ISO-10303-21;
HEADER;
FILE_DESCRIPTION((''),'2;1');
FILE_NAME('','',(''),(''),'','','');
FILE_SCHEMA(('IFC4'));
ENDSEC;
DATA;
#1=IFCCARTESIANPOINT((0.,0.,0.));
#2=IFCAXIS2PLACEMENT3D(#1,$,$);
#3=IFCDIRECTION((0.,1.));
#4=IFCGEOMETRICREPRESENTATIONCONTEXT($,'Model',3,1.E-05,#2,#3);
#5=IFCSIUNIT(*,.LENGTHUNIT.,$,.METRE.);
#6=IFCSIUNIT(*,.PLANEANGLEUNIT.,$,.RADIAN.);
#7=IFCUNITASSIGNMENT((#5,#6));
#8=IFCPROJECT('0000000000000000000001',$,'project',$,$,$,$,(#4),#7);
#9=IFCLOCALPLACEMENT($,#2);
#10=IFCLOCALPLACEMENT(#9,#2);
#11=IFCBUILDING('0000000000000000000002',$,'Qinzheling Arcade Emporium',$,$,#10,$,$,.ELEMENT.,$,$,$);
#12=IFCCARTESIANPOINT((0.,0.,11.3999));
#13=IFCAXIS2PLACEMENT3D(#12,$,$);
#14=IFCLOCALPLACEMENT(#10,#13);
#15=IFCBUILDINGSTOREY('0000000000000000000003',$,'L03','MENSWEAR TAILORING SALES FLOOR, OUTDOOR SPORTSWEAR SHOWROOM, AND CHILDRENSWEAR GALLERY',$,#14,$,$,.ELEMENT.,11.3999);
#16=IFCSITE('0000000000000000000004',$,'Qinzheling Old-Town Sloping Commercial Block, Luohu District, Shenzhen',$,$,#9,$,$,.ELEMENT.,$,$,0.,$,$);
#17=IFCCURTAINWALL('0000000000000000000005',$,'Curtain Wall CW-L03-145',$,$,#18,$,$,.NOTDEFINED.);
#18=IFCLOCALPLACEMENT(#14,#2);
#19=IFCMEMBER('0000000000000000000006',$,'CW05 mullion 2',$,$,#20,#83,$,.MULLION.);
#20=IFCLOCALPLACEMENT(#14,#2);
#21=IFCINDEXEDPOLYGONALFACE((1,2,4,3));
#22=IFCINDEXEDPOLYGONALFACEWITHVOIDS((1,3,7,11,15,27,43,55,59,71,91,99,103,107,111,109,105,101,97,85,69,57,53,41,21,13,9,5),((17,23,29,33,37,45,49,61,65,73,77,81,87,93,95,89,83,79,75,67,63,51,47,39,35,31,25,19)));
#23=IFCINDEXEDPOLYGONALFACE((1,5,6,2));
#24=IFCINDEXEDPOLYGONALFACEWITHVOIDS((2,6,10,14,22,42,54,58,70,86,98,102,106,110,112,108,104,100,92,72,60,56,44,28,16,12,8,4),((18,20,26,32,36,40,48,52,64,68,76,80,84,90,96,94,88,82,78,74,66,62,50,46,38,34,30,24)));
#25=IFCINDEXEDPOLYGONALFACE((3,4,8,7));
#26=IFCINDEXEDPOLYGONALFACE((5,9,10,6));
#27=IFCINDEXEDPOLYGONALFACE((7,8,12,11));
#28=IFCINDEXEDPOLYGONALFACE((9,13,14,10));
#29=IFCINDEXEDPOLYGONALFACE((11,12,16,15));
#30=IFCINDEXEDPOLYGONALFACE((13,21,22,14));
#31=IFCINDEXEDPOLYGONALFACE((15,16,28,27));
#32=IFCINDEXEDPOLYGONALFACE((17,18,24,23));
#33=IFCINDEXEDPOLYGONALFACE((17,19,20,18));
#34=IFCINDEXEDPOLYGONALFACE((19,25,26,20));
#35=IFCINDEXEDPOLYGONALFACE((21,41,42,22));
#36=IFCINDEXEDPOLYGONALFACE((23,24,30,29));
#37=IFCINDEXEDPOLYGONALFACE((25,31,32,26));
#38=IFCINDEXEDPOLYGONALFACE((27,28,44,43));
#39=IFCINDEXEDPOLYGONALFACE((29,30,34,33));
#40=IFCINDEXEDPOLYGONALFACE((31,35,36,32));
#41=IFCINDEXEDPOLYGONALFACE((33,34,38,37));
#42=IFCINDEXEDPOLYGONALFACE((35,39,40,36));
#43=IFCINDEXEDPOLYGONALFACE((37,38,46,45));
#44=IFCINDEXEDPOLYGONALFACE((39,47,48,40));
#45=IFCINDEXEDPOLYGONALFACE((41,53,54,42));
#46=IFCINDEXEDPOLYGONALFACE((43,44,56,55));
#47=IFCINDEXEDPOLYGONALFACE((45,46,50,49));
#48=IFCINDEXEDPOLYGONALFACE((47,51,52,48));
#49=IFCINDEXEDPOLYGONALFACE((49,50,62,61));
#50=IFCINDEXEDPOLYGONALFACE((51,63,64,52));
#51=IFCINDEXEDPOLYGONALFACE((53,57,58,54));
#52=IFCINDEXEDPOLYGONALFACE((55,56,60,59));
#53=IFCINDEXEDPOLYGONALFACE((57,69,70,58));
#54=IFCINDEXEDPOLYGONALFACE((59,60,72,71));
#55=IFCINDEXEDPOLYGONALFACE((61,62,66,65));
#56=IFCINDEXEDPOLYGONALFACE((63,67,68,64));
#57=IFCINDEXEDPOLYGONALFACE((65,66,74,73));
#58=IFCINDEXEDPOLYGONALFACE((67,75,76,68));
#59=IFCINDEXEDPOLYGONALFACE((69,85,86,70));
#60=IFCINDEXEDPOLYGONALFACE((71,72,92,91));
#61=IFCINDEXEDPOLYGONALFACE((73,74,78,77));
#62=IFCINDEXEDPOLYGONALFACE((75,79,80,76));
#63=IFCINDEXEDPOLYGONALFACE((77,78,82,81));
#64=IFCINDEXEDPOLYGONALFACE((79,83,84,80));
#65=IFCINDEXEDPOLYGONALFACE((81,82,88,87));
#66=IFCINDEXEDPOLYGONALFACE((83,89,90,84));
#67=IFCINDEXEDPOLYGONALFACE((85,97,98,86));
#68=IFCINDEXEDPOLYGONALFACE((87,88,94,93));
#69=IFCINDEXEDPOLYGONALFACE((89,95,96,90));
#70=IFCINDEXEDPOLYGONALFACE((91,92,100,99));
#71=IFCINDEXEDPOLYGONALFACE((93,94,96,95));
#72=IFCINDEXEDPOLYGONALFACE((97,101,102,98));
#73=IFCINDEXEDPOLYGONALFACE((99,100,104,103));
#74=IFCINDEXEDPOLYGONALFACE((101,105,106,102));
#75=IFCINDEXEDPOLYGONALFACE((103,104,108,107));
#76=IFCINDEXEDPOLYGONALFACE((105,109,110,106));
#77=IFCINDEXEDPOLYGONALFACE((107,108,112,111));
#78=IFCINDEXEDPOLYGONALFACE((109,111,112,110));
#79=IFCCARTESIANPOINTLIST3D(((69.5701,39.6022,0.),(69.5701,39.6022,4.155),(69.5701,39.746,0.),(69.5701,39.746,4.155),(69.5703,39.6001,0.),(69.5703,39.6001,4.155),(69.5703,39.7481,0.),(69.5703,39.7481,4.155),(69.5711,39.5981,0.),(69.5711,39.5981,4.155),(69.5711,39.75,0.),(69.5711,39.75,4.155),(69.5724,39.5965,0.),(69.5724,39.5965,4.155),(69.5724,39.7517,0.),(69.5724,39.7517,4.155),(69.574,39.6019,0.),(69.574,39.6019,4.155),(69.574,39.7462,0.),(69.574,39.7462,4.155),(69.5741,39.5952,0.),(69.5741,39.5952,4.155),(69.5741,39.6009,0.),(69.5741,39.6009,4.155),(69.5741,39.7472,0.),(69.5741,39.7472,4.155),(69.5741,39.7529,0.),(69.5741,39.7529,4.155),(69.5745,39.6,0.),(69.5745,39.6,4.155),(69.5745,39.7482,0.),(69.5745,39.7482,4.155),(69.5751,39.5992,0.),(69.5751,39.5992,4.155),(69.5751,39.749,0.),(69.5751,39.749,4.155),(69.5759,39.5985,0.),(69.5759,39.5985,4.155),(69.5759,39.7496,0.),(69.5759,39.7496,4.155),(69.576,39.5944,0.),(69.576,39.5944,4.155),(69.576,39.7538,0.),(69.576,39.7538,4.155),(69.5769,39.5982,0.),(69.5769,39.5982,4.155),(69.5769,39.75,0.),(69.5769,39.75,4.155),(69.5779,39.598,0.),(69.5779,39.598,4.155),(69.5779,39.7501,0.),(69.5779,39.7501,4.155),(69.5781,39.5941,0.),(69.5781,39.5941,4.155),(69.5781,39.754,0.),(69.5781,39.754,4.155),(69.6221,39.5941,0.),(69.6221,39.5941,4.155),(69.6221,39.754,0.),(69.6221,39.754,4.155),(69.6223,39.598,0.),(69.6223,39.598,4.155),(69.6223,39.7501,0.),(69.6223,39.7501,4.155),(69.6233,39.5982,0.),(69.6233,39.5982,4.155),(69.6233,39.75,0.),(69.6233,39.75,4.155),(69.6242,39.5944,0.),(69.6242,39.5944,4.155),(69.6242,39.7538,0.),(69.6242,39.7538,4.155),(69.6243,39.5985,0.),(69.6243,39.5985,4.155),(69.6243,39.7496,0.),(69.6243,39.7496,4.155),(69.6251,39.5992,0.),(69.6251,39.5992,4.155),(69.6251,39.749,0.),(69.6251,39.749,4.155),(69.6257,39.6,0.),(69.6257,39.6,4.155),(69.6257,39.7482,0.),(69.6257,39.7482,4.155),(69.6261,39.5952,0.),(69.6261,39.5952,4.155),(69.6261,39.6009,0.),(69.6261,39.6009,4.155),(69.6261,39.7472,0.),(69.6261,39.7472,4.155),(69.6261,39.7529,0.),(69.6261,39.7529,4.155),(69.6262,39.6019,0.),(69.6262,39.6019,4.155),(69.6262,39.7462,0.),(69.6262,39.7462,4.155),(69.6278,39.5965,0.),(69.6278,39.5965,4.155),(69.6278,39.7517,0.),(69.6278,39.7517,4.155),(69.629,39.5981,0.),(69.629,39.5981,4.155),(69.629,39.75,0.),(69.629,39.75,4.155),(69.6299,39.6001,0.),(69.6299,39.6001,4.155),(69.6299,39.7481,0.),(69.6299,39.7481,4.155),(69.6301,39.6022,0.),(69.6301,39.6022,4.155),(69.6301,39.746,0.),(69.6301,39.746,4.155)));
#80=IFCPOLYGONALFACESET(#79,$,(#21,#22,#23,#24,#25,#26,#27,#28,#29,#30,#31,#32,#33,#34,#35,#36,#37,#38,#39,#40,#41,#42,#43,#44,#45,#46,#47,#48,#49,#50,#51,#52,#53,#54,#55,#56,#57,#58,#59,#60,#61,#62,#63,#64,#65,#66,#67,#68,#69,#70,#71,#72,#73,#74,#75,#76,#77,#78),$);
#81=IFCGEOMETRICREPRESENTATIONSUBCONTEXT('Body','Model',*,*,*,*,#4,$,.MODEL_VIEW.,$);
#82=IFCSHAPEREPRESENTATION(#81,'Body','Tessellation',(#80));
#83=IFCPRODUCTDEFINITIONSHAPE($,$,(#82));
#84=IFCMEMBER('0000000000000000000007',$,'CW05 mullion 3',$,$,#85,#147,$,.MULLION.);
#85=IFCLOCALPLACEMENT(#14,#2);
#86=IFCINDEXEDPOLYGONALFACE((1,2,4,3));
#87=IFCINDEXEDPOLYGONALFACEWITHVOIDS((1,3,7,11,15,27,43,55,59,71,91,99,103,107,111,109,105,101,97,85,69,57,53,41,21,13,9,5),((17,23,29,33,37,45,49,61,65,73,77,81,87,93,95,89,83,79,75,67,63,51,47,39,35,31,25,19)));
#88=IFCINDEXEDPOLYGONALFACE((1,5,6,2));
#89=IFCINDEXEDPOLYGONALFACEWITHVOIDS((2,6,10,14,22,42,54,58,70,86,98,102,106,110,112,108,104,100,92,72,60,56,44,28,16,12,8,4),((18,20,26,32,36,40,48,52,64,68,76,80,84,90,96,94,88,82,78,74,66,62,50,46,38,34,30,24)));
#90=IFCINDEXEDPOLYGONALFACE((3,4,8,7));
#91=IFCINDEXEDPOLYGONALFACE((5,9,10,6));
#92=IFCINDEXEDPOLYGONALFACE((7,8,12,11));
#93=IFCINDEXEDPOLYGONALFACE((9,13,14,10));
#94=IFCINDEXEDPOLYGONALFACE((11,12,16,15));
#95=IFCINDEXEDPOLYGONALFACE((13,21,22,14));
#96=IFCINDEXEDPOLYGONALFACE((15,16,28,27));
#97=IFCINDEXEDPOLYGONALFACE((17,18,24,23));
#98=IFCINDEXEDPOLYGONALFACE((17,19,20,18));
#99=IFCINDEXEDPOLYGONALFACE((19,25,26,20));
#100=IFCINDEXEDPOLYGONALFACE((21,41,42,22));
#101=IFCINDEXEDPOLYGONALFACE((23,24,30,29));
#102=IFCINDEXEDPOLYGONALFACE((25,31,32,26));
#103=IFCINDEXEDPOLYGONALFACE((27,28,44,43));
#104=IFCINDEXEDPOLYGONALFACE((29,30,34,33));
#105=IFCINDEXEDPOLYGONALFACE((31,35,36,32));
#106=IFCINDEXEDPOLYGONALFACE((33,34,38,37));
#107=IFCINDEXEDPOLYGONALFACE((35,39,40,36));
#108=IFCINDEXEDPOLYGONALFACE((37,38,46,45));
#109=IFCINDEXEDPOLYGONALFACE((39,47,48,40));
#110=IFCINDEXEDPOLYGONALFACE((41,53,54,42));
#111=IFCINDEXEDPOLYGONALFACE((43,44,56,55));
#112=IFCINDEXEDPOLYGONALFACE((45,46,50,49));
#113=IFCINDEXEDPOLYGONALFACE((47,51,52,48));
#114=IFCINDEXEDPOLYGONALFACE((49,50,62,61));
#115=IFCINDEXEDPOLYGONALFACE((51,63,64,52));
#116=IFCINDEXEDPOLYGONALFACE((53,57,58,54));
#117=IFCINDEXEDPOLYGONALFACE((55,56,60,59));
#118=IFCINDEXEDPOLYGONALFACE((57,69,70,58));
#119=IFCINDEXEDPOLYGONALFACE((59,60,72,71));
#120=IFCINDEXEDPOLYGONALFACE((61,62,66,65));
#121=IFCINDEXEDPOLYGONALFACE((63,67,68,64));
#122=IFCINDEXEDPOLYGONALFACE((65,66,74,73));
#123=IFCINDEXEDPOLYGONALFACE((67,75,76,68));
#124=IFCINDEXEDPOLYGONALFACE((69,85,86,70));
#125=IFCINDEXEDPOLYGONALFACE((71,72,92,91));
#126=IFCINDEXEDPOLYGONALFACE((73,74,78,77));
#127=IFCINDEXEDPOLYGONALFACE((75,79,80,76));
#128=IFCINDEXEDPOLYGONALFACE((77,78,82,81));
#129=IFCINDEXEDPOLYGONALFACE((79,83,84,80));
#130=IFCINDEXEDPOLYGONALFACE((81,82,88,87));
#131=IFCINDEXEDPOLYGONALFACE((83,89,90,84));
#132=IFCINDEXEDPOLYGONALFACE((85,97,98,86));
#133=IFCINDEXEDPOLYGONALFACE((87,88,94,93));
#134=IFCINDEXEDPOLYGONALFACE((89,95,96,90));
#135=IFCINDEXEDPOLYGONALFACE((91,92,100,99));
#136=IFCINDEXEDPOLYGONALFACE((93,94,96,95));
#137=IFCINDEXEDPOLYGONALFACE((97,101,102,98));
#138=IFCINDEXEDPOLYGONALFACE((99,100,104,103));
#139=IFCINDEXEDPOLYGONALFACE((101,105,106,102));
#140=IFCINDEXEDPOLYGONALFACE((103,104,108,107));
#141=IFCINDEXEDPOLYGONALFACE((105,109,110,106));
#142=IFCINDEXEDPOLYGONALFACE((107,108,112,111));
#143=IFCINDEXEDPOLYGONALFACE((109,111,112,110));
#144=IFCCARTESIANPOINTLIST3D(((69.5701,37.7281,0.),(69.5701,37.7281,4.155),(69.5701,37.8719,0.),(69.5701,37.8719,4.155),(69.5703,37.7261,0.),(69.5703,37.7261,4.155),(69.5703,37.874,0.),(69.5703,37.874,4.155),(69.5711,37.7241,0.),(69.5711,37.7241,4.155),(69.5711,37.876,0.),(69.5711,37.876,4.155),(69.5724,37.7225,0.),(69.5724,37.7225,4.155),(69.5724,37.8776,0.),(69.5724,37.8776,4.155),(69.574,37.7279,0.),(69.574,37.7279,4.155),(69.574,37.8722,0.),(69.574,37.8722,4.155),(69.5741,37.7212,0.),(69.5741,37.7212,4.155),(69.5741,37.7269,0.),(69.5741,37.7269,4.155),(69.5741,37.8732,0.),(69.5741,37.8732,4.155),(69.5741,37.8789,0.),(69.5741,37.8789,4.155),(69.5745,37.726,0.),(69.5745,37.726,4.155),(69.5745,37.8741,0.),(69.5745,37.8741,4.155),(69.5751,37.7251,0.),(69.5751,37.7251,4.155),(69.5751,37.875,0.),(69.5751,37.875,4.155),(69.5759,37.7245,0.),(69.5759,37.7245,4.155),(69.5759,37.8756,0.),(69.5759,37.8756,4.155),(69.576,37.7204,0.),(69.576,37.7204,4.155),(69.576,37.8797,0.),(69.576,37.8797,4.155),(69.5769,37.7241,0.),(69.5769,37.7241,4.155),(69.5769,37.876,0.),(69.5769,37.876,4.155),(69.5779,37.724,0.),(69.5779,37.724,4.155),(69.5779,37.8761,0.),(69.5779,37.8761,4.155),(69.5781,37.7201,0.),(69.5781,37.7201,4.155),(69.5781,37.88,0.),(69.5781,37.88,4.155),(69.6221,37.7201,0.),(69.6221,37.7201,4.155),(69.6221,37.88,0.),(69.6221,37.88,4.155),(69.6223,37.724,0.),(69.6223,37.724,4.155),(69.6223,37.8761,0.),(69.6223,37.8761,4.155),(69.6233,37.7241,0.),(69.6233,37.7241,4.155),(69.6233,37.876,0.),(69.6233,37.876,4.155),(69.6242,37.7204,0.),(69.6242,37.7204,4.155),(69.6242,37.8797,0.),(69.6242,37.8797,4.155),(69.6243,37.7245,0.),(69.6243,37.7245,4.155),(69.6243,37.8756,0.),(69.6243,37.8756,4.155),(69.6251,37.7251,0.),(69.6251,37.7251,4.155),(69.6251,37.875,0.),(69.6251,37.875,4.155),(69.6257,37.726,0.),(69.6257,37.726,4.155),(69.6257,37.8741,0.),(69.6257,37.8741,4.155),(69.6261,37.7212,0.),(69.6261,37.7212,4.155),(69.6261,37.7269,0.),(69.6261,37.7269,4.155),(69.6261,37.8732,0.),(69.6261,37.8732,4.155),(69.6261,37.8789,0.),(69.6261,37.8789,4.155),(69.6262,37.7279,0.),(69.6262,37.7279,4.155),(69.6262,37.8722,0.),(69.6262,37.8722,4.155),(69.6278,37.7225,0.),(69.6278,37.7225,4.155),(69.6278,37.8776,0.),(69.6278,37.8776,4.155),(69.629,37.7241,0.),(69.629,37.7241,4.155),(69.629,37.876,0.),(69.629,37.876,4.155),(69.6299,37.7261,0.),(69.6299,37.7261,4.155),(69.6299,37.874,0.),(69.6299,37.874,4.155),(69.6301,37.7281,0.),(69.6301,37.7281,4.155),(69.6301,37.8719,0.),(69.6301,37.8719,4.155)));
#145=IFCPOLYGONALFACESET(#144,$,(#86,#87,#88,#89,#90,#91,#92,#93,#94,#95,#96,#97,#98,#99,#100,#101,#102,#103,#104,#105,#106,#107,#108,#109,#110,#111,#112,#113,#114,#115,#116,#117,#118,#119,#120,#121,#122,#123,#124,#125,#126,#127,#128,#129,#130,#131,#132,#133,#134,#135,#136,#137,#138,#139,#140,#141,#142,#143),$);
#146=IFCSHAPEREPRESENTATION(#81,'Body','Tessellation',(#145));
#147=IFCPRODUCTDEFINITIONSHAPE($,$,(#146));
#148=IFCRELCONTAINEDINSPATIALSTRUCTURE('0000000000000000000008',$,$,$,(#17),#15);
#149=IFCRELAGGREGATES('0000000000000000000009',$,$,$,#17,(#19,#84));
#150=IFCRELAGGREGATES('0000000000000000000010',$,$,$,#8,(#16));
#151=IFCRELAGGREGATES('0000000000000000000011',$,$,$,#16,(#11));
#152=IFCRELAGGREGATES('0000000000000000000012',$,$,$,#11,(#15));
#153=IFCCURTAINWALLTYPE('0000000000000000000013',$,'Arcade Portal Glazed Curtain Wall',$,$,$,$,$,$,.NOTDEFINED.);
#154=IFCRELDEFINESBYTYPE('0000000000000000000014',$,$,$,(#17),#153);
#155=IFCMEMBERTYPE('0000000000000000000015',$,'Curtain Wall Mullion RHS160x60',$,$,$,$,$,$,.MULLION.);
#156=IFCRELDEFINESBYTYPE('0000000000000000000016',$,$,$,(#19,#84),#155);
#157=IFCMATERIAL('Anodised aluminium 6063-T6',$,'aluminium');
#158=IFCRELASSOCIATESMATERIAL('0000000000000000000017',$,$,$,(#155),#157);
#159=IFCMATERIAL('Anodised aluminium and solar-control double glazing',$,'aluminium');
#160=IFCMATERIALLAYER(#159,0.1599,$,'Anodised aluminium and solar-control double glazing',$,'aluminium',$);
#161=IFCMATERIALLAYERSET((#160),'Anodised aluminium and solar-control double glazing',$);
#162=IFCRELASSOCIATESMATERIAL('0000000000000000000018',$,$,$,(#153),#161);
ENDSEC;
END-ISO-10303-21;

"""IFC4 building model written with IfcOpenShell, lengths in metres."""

from ifc_helpers import new_model, si_unit, direction, frame, origin, origin_2d, place, context, subcontext, project, spatial, hollow_rectangle, extrude, material, layer, layer_set, material_profile, profile_set, type_object, element, aggregate, save


model = new_model("IFC4")

# Units and contexts
model_context = context("Model", 3, precision=1e-05, world=origin(), true_north=direction((0.0, 1.0)))
body_context = subcontext(model_context, "Body", "Model", "MODEL_VIEW")
ifc_project = project(units=[si_unit("LENGTHUNIT", "METRE"), si_unit("PLANEANGLEUNIT", "RADIAN")], contexts=[model_context])

# Site, building, storey
site_placement = place(None, origin())
site = spatial("IfcSite", under=ifc_project, at=site_placement, Name="Qinzheling Old-Town Sloping Commercial Block, Luohu District, Shenzhen", CompositionType="ELEMENT", RefElevation=0.0)
building_placement = place(site_placement, origin())
building = spatial("IfcBuilding", under=site, at=building_placement, Name="Qinzheling Arcade Emporium", CompositionType="ELEMENT")
storey_placement = place(building_placement, frame((0.0, 0.0, 11.3999)))
storey = spatial("IfcBuildingStorey", under=building, at=storey_placement, Name="L03", Description="MENSWEAR TAILORING SALES FLOOR, OUTDOOR SPORTSWEAR SHOWROOM, AND CHILDRENSWEAR GALLERY", CompositionType="ELEMENT", Elevation=11.3999)

# Shared definitions
ifc_material_1 = material(Name="Anodised aluminium and solar-control double glazing", Category="aluminium")
ifc_material_2 = material(Name="Anodised aluminium 6063-T6", Category="aluminium")
ifc_material_profile_1 = material_profile(ifc_material_2, hollow_rectangle(XDim=0.0601, YDim=0.1599, WallThickness=0.0039, InnerFilletRadius=0.0039, OuterFilletRadius=0.0081, at=origin_2d()), Name="RHS 160x60x4", Category="aluminium")
ifc_profile_set_1 = profile_set([ifc_material_profile_1], Name="Anodised aluminium 6063-T6")
member_type_1 = type_object("IfcMemberType", Name="Curtain Wall Mullion RHS160x60", PredefinedType="MULLION", material=ifc_profile_set_1)

# Curtain wall, members
ifc_layer_1 = layer(ifc_material_1, 0.1599, Name="Anodised aluminium and solar-control double glazing", Category="aluminium")
ifc_layer_set_1 = layer_set([ifc_layer_1], Name="Anodised aluminium and solar-control double glazing")
curtain_wall_type_1 = type_object("IfcCurtainWallType", Name="Arcade Portal Glazed Curtain Wall", PredefinedType="NOTDEFINED", material=ifc_layer_set_1)
curtain_wall_1_placement = place(storey_placement, origin())
curtain_wall_1 = element("IfcCurtainWall", 1, at=curtain_wall_1_placement, inside=storey, type_object=curtain_wall_type_1, Name="Curtain Wall CW-L03-145", PredefinedType="NOTDEFINED")
member_1_placement = place(storey_placement, frame((69.6001, 39.6741, 0.0), z_axis=(0.0, 0.0, 1.0), x_axis=(1.0, 0.0, 0.0)))
member_1 = element("IfcMember", 2, at=member_1_placement, type_object=member_type_1, Name="CW05 mullion 2", PredefinedType="MULLION", context=body_context, shape_type="SweptSolid", body=[
    extrude(hollow_rectangle(XDim=0.0601, YDim=0.1599, WallThickness=0.0039, InnerFilletRadius=0.0039, OuterFilletRadius=0.0081, at=origin_2d()), origin(), (0.0, 0.0, 1.0), 4.155),
])
member_2_placement = place(storey_placement, frame((69.6001, 37.8, 0.0), z_axis=(0.0, 0.0, 1.0), x_axis=(1.0, 0.0, 0.0)))
member_2 = element("IfcMember", 3, at=member_2_placement, type_object=member_type_1, Name="CW05 mullion 3", PredefinedType="MULLION", context=body_context, shape_type="SweptSolid", body=[
    extrude(hollow_rectangle(XDim=0.0601, YDim=0.1599, WallThickness=0.0039, InnerFilletRadius=0.0039, OuterFilletRadius=0.0081, at=origin_2d()), origin(), (0.0, 0.0, 1.0), 4.155),
])

aggregate(curtain_wall_1, [member_1, member_2])

save(model, "model.ifc")
